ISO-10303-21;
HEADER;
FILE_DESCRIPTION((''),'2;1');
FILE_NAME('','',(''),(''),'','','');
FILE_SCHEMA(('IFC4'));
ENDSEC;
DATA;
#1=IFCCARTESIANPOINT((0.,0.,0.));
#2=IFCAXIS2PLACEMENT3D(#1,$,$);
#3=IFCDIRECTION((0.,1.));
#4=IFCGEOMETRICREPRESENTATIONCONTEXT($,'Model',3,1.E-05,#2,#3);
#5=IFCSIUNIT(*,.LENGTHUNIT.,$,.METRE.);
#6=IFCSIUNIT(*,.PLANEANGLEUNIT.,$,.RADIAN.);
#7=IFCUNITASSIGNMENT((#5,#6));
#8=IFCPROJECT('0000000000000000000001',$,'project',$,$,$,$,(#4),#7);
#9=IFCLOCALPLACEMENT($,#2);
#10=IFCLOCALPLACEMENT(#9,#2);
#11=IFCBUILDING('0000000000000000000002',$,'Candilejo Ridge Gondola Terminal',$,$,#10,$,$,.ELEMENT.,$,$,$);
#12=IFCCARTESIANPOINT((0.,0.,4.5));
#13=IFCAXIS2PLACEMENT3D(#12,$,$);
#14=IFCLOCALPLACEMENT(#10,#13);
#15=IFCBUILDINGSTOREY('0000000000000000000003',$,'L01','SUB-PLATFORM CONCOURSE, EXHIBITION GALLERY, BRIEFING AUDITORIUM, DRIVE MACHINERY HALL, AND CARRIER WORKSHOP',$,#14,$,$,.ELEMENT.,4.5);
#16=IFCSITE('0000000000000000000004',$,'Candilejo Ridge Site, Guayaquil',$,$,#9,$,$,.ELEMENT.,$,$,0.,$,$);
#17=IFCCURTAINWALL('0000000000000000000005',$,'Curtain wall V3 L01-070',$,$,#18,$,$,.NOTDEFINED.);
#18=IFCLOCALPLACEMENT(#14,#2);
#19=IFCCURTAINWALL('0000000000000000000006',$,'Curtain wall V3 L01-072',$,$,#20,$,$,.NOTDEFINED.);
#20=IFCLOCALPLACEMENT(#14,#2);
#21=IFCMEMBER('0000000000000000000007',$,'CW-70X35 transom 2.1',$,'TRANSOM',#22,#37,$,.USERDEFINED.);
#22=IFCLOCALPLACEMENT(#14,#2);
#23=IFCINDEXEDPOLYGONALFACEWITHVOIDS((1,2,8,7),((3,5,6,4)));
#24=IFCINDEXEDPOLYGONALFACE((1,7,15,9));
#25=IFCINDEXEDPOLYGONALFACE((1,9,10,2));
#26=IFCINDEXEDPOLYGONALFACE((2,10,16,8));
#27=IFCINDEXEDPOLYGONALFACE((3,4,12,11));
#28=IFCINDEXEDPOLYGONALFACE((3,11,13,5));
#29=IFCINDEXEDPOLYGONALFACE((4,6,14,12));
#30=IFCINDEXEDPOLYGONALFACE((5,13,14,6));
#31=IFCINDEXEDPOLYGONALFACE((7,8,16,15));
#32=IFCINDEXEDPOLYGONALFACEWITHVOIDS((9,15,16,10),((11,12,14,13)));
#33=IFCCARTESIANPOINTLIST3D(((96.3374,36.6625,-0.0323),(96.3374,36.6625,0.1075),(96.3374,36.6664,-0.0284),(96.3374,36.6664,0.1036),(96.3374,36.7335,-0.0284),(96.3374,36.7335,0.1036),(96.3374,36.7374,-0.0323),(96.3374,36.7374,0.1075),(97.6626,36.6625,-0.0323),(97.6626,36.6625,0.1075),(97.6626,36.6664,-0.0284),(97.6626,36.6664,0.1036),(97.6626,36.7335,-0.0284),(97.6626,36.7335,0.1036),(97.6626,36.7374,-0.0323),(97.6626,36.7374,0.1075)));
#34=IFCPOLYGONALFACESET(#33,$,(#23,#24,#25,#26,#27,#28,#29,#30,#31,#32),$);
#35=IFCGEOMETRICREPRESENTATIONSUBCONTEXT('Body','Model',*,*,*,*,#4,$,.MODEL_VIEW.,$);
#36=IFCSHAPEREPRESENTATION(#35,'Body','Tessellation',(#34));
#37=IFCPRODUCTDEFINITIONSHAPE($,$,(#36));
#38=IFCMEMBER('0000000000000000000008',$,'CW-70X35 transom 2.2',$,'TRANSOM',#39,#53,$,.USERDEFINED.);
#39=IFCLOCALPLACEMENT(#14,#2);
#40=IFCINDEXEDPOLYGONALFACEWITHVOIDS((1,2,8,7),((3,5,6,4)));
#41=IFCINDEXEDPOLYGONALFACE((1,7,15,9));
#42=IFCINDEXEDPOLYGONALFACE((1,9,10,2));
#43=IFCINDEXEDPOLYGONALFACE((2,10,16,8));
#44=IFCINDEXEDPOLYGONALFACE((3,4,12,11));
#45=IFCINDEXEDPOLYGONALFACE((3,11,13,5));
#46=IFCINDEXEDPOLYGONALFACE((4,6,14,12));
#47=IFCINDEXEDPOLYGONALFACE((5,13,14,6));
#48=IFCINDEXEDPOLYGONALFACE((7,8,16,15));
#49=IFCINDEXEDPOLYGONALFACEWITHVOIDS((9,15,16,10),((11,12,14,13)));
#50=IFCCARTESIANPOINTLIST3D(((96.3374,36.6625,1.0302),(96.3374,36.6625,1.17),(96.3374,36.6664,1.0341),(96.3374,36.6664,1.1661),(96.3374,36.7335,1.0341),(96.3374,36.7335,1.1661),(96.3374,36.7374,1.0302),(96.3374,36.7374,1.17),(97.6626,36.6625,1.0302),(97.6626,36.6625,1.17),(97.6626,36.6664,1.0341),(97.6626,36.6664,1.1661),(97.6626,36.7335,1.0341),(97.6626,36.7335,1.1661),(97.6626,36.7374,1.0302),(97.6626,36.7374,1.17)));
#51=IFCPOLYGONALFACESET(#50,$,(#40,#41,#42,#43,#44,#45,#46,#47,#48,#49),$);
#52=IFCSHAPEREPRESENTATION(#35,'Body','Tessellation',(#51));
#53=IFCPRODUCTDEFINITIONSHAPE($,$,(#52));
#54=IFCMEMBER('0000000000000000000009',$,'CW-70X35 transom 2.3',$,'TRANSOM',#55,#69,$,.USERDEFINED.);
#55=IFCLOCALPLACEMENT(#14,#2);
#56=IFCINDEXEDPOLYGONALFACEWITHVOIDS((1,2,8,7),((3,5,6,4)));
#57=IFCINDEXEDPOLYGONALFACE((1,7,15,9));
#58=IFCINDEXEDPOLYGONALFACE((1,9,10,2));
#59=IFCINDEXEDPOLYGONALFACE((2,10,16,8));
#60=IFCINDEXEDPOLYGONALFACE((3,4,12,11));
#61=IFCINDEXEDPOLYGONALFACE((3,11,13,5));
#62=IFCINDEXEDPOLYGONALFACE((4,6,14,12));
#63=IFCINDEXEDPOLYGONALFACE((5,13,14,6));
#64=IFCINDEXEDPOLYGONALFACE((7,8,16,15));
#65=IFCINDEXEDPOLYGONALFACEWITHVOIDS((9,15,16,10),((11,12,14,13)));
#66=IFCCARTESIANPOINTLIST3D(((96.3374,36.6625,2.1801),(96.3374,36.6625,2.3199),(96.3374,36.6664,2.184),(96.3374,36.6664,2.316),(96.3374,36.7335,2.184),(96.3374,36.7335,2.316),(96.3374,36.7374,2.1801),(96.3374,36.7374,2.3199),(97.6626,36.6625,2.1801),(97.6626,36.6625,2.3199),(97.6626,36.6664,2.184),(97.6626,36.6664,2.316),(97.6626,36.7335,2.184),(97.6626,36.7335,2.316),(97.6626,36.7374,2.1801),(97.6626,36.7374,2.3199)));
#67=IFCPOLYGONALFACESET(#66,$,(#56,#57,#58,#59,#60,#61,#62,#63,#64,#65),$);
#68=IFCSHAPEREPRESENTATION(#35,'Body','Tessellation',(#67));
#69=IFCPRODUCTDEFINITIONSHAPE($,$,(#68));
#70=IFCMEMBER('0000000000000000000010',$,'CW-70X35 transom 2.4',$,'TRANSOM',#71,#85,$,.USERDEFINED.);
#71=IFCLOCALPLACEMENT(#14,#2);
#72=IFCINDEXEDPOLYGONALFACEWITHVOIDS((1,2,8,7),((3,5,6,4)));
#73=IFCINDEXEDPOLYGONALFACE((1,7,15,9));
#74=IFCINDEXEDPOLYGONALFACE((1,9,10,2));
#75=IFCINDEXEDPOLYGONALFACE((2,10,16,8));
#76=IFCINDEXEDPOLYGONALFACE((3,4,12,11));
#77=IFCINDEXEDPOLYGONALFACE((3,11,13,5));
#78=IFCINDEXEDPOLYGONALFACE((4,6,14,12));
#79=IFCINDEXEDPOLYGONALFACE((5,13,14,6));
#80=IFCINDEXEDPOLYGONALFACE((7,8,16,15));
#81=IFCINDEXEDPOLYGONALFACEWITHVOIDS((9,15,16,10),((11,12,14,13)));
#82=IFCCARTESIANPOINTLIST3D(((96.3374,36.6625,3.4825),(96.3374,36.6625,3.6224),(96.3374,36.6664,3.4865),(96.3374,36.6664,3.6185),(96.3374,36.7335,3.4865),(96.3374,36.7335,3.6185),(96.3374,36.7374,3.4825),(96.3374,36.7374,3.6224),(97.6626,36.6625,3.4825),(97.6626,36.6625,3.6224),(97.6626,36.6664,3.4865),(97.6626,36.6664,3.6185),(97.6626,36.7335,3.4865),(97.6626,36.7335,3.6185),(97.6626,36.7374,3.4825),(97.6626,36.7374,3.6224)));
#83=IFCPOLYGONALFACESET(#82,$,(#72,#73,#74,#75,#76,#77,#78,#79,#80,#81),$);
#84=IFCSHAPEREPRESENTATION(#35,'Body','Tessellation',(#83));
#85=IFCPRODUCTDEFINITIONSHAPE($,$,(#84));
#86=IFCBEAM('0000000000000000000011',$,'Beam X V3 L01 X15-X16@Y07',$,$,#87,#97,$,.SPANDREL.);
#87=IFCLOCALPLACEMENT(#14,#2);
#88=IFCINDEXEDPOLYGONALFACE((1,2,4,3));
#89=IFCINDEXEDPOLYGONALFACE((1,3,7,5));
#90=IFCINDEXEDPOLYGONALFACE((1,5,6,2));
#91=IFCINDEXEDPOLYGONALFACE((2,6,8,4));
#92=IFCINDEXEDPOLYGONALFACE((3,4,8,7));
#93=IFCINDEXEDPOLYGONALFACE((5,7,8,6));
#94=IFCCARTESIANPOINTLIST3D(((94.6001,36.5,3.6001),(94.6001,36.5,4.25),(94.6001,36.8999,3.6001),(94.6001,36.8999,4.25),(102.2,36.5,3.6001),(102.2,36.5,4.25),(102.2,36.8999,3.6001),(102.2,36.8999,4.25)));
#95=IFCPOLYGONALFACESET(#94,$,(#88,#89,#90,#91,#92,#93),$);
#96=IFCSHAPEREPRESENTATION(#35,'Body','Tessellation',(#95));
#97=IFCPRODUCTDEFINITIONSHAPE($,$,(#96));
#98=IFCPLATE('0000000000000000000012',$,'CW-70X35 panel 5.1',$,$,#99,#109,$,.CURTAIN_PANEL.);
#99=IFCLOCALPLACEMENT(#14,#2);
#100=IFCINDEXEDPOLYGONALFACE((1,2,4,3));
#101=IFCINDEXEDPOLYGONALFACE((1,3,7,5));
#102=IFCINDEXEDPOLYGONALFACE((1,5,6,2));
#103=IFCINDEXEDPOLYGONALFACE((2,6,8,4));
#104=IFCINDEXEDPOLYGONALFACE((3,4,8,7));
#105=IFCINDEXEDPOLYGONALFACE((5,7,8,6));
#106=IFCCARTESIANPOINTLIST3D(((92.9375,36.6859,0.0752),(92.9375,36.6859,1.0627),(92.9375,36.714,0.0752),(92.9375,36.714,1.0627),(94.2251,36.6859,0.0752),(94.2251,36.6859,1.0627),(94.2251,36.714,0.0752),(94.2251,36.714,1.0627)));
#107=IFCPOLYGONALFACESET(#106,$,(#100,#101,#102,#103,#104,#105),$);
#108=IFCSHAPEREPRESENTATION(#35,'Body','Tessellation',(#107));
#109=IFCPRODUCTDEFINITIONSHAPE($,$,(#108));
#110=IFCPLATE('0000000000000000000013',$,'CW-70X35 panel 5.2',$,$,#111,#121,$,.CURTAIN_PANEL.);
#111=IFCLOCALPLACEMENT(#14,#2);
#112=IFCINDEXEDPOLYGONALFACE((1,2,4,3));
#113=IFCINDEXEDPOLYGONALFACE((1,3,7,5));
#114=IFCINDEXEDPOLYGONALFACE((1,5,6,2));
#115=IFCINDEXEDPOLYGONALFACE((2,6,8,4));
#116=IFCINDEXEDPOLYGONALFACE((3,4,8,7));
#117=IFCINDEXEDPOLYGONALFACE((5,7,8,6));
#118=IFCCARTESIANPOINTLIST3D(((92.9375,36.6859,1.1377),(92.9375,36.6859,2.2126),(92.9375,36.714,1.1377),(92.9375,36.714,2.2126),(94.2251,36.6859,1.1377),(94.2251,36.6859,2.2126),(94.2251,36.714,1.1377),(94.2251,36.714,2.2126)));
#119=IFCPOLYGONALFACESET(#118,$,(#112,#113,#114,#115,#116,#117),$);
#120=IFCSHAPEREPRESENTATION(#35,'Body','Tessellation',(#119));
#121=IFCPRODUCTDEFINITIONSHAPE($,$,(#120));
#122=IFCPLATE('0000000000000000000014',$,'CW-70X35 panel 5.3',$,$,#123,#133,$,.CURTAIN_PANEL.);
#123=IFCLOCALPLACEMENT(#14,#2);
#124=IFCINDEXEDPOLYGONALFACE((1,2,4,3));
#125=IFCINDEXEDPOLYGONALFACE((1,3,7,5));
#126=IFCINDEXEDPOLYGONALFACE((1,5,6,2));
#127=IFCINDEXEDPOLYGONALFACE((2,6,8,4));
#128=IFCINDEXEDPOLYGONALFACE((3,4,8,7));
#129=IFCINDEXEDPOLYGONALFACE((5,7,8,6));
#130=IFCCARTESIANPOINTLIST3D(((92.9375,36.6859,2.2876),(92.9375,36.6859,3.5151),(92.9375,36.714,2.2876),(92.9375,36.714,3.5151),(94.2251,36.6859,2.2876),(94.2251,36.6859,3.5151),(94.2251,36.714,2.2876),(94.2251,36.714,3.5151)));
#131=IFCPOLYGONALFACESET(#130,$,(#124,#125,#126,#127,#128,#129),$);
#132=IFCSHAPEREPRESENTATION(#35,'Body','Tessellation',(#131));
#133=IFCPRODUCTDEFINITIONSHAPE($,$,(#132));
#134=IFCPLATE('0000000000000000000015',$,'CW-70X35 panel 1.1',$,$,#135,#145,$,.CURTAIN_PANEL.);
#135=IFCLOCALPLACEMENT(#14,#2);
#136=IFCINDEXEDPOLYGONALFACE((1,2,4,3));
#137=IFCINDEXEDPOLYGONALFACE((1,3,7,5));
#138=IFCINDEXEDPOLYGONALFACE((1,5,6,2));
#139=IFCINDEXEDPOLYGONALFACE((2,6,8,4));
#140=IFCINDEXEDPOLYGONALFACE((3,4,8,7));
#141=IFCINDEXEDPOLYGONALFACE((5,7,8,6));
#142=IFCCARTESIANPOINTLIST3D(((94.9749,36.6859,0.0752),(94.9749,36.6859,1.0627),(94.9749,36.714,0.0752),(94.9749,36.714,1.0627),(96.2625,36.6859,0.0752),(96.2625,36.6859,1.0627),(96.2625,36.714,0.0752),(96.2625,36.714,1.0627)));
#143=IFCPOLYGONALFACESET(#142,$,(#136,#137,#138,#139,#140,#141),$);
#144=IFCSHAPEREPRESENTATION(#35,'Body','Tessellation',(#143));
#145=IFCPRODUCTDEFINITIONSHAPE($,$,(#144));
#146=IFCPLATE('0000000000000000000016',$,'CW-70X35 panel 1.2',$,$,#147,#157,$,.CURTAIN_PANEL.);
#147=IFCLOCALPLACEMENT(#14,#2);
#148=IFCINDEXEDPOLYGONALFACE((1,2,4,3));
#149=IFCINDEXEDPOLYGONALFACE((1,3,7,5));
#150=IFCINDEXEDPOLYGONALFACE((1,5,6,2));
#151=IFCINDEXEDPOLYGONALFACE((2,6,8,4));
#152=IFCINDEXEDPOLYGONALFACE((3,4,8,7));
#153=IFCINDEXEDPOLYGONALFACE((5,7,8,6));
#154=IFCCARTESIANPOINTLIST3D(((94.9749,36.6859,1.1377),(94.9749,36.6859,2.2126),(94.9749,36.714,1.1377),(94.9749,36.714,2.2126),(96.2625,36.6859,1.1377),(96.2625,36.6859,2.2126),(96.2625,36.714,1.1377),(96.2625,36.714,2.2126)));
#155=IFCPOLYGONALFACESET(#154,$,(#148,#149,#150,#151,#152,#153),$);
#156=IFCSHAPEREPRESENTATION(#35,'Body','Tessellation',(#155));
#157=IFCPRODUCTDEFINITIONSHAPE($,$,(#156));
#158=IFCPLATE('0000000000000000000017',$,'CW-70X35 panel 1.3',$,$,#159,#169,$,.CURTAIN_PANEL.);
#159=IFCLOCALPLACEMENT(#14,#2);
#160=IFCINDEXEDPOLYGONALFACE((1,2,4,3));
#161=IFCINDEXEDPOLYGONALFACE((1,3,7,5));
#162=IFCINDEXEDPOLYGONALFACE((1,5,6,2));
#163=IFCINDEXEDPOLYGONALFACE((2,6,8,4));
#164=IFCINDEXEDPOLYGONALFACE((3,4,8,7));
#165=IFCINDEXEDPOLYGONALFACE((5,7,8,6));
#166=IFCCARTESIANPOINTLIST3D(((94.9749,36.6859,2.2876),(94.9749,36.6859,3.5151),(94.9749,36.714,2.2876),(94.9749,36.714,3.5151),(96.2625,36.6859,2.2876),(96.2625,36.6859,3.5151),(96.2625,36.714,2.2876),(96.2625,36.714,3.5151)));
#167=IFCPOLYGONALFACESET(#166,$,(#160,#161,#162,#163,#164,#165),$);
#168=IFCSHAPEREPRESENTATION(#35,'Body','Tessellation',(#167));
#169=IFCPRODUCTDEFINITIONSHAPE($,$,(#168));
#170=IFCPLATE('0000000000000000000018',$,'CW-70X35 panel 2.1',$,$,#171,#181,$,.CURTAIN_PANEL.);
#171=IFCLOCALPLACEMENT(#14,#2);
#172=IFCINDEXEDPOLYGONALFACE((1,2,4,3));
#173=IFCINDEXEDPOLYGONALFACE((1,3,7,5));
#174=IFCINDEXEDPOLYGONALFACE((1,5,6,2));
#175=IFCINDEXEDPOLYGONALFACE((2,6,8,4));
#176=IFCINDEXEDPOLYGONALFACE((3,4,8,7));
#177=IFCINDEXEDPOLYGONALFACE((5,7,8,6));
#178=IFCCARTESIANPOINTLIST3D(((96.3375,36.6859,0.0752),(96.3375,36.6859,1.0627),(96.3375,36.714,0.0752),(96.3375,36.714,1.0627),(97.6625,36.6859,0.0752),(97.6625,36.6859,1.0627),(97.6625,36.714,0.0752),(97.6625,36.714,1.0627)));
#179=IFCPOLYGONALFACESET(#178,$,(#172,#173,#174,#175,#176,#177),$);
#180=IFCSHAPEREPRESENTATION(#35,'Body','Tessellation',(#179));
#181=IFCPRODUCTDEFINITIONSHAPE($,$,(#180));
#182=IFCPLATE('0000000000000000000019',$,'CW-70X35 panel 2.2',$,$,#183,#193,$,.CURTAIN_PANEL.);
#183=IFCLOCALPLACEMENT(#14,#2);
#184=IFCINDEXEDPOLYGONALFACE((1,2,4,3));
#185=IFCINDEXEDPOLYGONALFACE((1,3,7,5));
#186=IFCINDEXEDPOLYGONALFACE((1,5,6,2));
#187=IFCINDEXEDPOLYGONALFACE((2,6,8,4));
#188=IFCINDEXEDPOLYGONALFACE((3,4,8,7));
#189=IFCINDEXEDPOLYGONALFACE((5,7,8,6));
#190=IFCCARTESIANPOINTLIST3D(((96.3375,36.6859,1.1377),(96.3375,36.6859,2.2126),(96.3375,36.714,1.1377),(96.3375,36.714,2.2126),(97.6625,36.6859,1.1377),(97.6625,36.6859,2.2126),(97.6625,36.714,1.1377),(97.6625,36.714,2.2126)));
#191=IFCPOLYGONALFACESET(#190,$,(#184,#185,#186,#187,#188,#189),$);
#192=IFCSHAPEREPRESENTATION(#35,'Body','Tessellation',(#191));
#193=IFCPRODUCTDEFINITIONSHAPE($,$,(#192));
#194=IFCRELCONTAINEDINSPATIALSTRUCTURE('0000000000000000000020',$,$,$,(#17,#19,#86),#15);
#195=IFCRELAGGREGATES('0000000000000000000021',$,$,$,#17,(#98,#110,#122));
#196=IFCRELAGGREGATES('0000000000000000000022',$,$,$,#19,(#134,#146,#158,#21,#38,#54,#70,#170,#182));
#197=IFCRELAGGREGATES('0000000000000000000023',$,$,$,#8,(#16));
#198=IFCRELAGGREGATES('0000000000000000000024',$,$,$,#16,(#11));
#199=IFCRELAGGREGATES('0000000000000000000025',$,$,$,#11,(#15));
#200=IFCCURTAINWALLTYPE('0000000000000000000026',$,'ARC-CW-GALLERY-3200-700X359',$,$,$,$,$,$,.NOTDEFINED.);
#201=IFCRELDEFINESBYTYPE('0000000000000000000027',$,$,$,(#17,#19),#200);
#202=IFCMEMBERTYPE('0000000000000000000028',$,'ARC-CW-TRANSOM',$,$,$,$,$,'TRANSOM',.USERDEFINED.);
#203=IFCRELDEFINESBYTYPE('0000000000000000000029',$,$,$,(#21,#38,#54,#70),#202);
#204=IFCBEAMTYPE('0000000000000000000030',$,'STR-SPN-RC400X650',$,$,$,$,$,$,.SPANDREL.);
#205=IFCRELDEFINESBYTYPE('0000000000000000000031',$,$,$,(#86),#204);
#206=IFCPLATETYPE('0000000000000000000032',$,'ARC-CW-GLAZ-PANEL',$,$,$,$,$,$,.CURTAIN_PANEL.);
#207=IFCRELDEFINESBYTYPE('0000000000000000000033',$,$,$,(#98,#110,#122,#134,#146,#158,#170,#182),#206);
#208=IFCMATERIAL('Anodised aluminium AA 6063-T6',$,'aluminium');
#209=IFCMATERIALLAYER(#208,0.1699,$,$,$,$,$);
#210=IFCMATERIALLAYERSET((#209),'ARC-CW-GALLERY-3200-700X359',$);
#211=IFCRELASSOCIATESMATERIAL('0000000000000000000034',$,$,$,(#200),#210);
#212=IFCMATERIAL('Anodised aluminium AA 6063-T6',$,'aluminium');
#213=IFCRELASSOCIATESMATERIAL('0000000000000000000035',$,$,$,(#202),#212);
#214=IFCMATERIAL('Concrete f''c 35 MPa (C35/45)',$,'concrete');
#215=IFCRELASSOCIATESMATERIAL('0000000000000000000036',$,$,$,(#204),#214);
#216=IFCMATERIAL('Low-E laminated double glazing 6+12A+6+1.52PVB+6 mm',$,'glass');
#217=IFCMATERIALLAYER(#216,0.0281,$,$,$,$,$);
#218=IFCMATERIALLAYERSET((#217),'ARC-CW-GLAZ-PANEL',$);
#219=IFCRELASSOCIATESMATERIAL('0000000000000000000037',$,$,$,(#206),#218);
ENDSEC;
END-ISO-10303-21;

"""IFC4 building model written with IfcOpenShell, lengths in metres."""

from ifc_helpers import new_model, si_unit, direction, frame, origin, origin_2d, place, context, subcontext, project, spatial, rectangle, hollow_rectangle, extrude, material, layer, layer_set, material_profile, profile_set, type_object, element, aggregate, save


model = new_model("IFC4")

# Units and contexts
model_context = context("Model", 3, precision=1e-05, world=origin(), true_north=direction((0.0, 1.0)))
body_context = subcontext(model_context, "Body", "Model", "MODEL_VIEW")
ifc_project = project(units=[si_unit("LENGTHUNIT", "METRE"), si_unit("PLANEANGLEUNIT", "RADIAN")], contexts=[model_context])

# Site, building, storey
site_placement = place(None, origin())
site = spatial("IfcSite", under=ifc_project, at=site_placement, Name="Candilejo Ridge Site, Guayaquil", CompositionType="ELEMENT", RefElevation=0.0)
building_placement = place(site_placement, origin())
building = spatial("IfcBuilding", under=site, at=building_placement, Name="Candilejo Ridge Gondola Terminal", CompositionType="ELEMENT")
storey_placement = place(building_placement, frame((0.0, 0.0, 4.5)))
storey = spatial("IfcBuildingStorey", under=building, at=storey_placement, Name="L01", Description="SUB-PLATFORM CONCOURSE, EXHIBITION GALLERY, BRIEFING AUDITORIUM, DRIVE MACHINERY HALL, AND CARRIER WORKSHOP", CompositionType="ELEMENT", Elevation=4.5)

# Curtain wall
ifc_material_1 = material(Name="Anodised aluminium AA 6063-T6", Category="aluminium")
ifc_layer_1 = layer(ifc_material_1, 0.1699)
ifc_layer_set_1 = layer_set([ifc_layer_1], Name="ARC-CW-GALLERY-3200-700X359")
curtain_wall_type = type_object("IfcCurtainWallType", Name="ARC-CW-GALLERY-3200-700X359", PredefinedType="NOTDEFINED", material=ifc_layer_set_1)
curtain_wall_1_placement = place(storey_placement, origin())
curtain_wall_1 = element("IfcCurtainWall", 1, at=curtain_wall_1_placement, inside=storey, type_object=curtain_wall_type, Name="Curtain wall V3 L01-070", PredefinedType="NOTDEFINED")

# Curtain wall
curtain_wall_2_placement = place(storey_placement, origin())
curtain_wall_2 = element("IfcCurtainWall", 2, at=curtain_wall_2_placement, inside=storey, type_object=curtain_wall_type, Name="Curtain wall V3 L01-072", PredefinedType="NOTDEFINED")

# Members
ifc_material_2 = material(Name="Anodised aluminium AA 6063-T6", Category="aluminium")
ifc_material_profile_1 = material_profile(ifc_material_2, hollow_rectangle(XDim=0.075, YDim=0.1399, WallThickness=0.0039, at=origin_2d()))
ifc_profile_set_1 = profile_set([ifc_material_profile_1], Name="Anodised aluminium AA 6063-T6")
member_type_1 = type_object("IfcMemberType", Name="ARC-CW-TRANSOM", ElementType="TRANSOM", PredefinedType="USERDEFINED", material=ifc_profile_set_1)
member_1_placement = place(storey_placement, frame((96.3374, 36.7, 0.0376), z_axis=(1.0, 0.0, 0.0), x_axis=(0.0, 1.0, 0.0)))
member_1 = element("IfcMember", 3, at=member_1_placement, type_object=member_type_1, Name="CW-70X35 transom 2.1", ObjectType="TRANSOM", PredefinedType="USERDEFINED", context=body_context, shape_type="SweptSolid", body=[
    extrude(hollow_rectangle(XDim=0.075, YDim=0.1399, WallThickness=0.0039, at=origin_2d()), origin(), (0.0, 0.0, 1.0), 1.3252),
])
member_2_placement = place(storey_placement, frame((96.3374, 36.7, 1.1001), z_axis=(1.0, 0.0, 0.0), x_axis=(0.0, 1.0, 0.0)))
member_2 = element("IfcMember", 4, at=member_2_placement, type_object=member_type_1, Name="CW-70X35 transom 2.2", ObjectType="TRANSOM", PredefinedType="USERDEFINED", context=body_context, shape_type="SweptSolid", body=[
    extrude(hollow_rectangle(XDim=0.075, YDim=0.1399, WallThickness=0.0039, at=origin_2d()), origin(), (0.0, 0.0, 1.0), 1.3252),
])
member_3_placement = place(storey_placement, frame((96.3374, 36.7, 2.25), z_axis=(1.0, 0.0, 0.0), x_axis=(0.0, 1.0, 0.0)))
member_3 = element("IfcMember", 5, at=member_3_placement, type_object=member_type_1, Name="CW-70X35 transom 2.3", ObjectType="TRANSOM", PredefinedType="USERDEFINED", context=body_context, shape_type="SweptSolid", body=[
    extrude(hollow_rectangle(XDim=0.075, YDim=0.1399, WallThickness=0.0039, at=origin_2d()), origin(), (0.0, 0.0, 1.0), 1.3252),
])
member_4_placement = place(storey_placement, frame((96.3374, 36.7, 3.5525), z_axis=(1.0, 0.0, 0.0), x_axis=(0.0, 1.0, 0.0)))
member_4 = element("IfcMember", 6, at=member_4_placement, type_object=member_type_1, Name="CW-70X35 transom 2.4", ObjectType="TRANSOM", PredefinedType="USERDEFINED", context=body_context, shape_type="SweptSolid", body=[
    extrude(hollow_rectangle(XDim=0.075, YDim=0.1399, WallThickness=0.0039, at=origin_2d()), origin(), (0.0, 0.0, 1.0), 1.3252),
])

# Beam
ifc_material_3 = material(Name="Concrete f'c 35 MPa (C35/45)", Category="concrete")
ifc_material_profile_2 = material_profile(ifc_material_3, rectangle(XDim=0.3999, YDim=0.6499, at=origin_2d()))
ifc_profile_set_2 = profile_set([ifc_material_profile_2], Name="Concrete f'c 35 MPa (C35/45)")
beam_type = type_object("IfcBeamType", Name="STR-SPN-RC400X650", PredefinedType="SPANDREL", material=ifc_profile_set_2)
beam_placement = place(storey_placement, frame((94.6001, 36.7, 3.925), z_axis=(1.0, 0.0, 0.0), x_axis=(0.0, 1.0, 0.0)))
element("IfcBeam", 7, at=beam_placement, inside=storey, type_object=beam_type, Name="Beam X V3 L01 X15-X16@Y07", PredefinedType="SPANDREL", context=body_context, shape_type="SweptSolid", body=[
    extrude(rectangle(XDim=0.3999, YDim=0.6499, at=origin_2d()), origin(), (0.0, 0.0, 1.0), 7.5999),
])

# Plates
ifc_material_4 = material(Name="Low-E laminated double glazing 6+12A+6+1.52PVB+6 mm", Category="glass")
ifc_layer_2 = layer(ifc_material_4, 0.0281)
ifc_layer_set_2 = layer_set([ifc_layer_2], Name="ARC-CW-GLAZ-PANEL")
plate_type = type_object("IfcPlateType", Name="ARC-CW-GLAZ-PANEL", PredefinedType="CURTAIN_PANEL", material=ifc_layer_set_2)
plate_1_placement = place(storey_placement, frame((93.5813, 36.7, 0.0752), z_axis=(0.0, 0.0, 1.0), x_axis=(1.0, 0.0, 0.0)))
plate_1 = element("IfcPlate", 8, at=plate_1_placement, type_object=plate_type, Name="CW-70X35 panel 5.1", PredefinedType="CURTAIN_PANEL", context=body_context, shape_type="SweptSolid", body=[
    extrude(rectangle(XDim=1.2876, YDim=0.0281, at=origin_2d()), origin(), (0.0, 0.0, 1.0), 0.9875),
])
plate_2_placement = place(storey_placement, frame((93.5813, 36.7, 1.1377), z_axis=(0.0, 0.0, 1.0), x_axis=(1.0, 0.0, 0.0)))
plate_2 = element("IfcPlate", 9, at=plate_2_placement, type_object=plate_type, Name="CW-70X35 panel 5.2", PredefinedType="CURTAIN_PANEL", context=body_context, shape_type="SweptSolid", body=[
    extrude(rectangle(XDim=1.2876, YDim=0.0281, at=origin_2d()), origin(), (0.0, 0.0, 1.0), 1.075),
])
plate_3_placement = place(storey_placement, frame((93.5813, 36.7, 2.2876), z_axis=(0.0, 0.0, 1.0), x_axis=(1.0, 0.0, 0.0)))
plate_3 = element("IfcPlate", 10, at=plate_3_placement, type_object=plate_type, Name="CW-70X35 panel 5.3", PredefinedType="CURTAIN_PANEL", context=body_context, shape_type="SweptSolid", body=[
    extrude(rectangle(XDim=1.2876, YDim=0.0281, at=origin_2d()), origin(), (0.0, 0.0, 1.0), 1.2275),
])
aggregate(curtain_wall_1, [plate_1, plate_2, plate_3])
plate_4_placement = place(storey_placement, frame((95.6187, 36.7, 0.0752), z_axis=(0.0, 0.0, 1.0), x_axis=(1.0, 0.0, 0.0)))
plate_4 = element("IfcPlate", 11, at=plate_4_placement, type_object=plate_type, Name="CW-70X35 panel 1.1", PredefinedType="CURTAIN_PANEL", context=body_context, shape_type="SweptSolid", body=[
    extrude(rectangle(XDim=1.2876, YDim=0.0281, at=origin_2d()), origin(), (0.0, 0.0, 1.0), 0.9875),
])
plate_5_placement = place(storey_placement, frame((95.6187, 36.7, 1.1377), z_axis=(0.0, 0.0, 1.0), x_axis=(1.0, 0.0, 0.0)))
plate_5 = element("IfcPlate", 12, at=plate_5_placement, type_object=plate_type, Name="CW-70X35 panel 1.2", PredefinedType="CURTAIN_PANEL", context=body_context, shape_type="SweptSolid", body=[
    extrude(rectangle(XDim=1.2876, YDim=0.0281, at=origin_2d()), origin(), (0.0, 0.0, 1.0), 1.075),
])
plate_6_placement = place(storey_placement, frame((95.6187, 36.7, 2.2876), z_axis=(0.0, 0.0, 1.0), x_axis=(1.0, 0.0, 0.0)))
plate_6 = element("IfcPlate", 13, at=plate_6_placement, type_object=plate_type, Name="CW-70X35 panel 1.3", PredefinedType="CURTAIN_PANEL", context=body_context, shape_type="SweptSolid", body=[
    extrude(rectangle(XDim=1.2876, YDim=0.0281, at=origin_2d()), origin(), (0.0, 0.0, 1.0), 1.2275),
])
plate_7_placement = place(storey_placement, frame((97.0, 36.7, 0.0752), z_axis=(0.0, 0.0, 1.0), x_axis=(1.0, 0.0, 0.0)))
plate_7 = element("IfcPlate", 14, at=plate_7_placement, type_object=plate_type, Name="CW-70X35 panel 2.1", PredefinedType="CURTAIN_PANEL", context=body_context, shape_type="SweptSolid", body=[
    extrude(rectangle(XDim=1.325, YDim=0.0281, at=origin_2d()), origin(), (0.0, 0.0, 1.0), 0.9875),
])
plate_8_placement = place(storey_placement, frame((97.0, 36.7, 1.1377), z_axis=(0.0, 0.0, 1.0), x_axis=(1.0, 0.0, 0.0)))
plate_8 = element("IfcPlate", 15, at=plate_8_placement, type_object=plate_type, Name="CW-70X35 panel 2.2", PredefinedType="CURTAIN_PANEL", context=body_context, shape_type="SweptSolid", body=[
    extrude(rectangle(XDim=1.325, YDim=0.0281, at=origin_2d()), origin(), (0.0, 0.0, 1.0), 1.075),
])
aggregate(curtain_wall_2, [plate_4, plate_5, plate_6, member_1, member_2, member_3, member_4, plate_7, plate_8])

save(model, "model.ifc")
